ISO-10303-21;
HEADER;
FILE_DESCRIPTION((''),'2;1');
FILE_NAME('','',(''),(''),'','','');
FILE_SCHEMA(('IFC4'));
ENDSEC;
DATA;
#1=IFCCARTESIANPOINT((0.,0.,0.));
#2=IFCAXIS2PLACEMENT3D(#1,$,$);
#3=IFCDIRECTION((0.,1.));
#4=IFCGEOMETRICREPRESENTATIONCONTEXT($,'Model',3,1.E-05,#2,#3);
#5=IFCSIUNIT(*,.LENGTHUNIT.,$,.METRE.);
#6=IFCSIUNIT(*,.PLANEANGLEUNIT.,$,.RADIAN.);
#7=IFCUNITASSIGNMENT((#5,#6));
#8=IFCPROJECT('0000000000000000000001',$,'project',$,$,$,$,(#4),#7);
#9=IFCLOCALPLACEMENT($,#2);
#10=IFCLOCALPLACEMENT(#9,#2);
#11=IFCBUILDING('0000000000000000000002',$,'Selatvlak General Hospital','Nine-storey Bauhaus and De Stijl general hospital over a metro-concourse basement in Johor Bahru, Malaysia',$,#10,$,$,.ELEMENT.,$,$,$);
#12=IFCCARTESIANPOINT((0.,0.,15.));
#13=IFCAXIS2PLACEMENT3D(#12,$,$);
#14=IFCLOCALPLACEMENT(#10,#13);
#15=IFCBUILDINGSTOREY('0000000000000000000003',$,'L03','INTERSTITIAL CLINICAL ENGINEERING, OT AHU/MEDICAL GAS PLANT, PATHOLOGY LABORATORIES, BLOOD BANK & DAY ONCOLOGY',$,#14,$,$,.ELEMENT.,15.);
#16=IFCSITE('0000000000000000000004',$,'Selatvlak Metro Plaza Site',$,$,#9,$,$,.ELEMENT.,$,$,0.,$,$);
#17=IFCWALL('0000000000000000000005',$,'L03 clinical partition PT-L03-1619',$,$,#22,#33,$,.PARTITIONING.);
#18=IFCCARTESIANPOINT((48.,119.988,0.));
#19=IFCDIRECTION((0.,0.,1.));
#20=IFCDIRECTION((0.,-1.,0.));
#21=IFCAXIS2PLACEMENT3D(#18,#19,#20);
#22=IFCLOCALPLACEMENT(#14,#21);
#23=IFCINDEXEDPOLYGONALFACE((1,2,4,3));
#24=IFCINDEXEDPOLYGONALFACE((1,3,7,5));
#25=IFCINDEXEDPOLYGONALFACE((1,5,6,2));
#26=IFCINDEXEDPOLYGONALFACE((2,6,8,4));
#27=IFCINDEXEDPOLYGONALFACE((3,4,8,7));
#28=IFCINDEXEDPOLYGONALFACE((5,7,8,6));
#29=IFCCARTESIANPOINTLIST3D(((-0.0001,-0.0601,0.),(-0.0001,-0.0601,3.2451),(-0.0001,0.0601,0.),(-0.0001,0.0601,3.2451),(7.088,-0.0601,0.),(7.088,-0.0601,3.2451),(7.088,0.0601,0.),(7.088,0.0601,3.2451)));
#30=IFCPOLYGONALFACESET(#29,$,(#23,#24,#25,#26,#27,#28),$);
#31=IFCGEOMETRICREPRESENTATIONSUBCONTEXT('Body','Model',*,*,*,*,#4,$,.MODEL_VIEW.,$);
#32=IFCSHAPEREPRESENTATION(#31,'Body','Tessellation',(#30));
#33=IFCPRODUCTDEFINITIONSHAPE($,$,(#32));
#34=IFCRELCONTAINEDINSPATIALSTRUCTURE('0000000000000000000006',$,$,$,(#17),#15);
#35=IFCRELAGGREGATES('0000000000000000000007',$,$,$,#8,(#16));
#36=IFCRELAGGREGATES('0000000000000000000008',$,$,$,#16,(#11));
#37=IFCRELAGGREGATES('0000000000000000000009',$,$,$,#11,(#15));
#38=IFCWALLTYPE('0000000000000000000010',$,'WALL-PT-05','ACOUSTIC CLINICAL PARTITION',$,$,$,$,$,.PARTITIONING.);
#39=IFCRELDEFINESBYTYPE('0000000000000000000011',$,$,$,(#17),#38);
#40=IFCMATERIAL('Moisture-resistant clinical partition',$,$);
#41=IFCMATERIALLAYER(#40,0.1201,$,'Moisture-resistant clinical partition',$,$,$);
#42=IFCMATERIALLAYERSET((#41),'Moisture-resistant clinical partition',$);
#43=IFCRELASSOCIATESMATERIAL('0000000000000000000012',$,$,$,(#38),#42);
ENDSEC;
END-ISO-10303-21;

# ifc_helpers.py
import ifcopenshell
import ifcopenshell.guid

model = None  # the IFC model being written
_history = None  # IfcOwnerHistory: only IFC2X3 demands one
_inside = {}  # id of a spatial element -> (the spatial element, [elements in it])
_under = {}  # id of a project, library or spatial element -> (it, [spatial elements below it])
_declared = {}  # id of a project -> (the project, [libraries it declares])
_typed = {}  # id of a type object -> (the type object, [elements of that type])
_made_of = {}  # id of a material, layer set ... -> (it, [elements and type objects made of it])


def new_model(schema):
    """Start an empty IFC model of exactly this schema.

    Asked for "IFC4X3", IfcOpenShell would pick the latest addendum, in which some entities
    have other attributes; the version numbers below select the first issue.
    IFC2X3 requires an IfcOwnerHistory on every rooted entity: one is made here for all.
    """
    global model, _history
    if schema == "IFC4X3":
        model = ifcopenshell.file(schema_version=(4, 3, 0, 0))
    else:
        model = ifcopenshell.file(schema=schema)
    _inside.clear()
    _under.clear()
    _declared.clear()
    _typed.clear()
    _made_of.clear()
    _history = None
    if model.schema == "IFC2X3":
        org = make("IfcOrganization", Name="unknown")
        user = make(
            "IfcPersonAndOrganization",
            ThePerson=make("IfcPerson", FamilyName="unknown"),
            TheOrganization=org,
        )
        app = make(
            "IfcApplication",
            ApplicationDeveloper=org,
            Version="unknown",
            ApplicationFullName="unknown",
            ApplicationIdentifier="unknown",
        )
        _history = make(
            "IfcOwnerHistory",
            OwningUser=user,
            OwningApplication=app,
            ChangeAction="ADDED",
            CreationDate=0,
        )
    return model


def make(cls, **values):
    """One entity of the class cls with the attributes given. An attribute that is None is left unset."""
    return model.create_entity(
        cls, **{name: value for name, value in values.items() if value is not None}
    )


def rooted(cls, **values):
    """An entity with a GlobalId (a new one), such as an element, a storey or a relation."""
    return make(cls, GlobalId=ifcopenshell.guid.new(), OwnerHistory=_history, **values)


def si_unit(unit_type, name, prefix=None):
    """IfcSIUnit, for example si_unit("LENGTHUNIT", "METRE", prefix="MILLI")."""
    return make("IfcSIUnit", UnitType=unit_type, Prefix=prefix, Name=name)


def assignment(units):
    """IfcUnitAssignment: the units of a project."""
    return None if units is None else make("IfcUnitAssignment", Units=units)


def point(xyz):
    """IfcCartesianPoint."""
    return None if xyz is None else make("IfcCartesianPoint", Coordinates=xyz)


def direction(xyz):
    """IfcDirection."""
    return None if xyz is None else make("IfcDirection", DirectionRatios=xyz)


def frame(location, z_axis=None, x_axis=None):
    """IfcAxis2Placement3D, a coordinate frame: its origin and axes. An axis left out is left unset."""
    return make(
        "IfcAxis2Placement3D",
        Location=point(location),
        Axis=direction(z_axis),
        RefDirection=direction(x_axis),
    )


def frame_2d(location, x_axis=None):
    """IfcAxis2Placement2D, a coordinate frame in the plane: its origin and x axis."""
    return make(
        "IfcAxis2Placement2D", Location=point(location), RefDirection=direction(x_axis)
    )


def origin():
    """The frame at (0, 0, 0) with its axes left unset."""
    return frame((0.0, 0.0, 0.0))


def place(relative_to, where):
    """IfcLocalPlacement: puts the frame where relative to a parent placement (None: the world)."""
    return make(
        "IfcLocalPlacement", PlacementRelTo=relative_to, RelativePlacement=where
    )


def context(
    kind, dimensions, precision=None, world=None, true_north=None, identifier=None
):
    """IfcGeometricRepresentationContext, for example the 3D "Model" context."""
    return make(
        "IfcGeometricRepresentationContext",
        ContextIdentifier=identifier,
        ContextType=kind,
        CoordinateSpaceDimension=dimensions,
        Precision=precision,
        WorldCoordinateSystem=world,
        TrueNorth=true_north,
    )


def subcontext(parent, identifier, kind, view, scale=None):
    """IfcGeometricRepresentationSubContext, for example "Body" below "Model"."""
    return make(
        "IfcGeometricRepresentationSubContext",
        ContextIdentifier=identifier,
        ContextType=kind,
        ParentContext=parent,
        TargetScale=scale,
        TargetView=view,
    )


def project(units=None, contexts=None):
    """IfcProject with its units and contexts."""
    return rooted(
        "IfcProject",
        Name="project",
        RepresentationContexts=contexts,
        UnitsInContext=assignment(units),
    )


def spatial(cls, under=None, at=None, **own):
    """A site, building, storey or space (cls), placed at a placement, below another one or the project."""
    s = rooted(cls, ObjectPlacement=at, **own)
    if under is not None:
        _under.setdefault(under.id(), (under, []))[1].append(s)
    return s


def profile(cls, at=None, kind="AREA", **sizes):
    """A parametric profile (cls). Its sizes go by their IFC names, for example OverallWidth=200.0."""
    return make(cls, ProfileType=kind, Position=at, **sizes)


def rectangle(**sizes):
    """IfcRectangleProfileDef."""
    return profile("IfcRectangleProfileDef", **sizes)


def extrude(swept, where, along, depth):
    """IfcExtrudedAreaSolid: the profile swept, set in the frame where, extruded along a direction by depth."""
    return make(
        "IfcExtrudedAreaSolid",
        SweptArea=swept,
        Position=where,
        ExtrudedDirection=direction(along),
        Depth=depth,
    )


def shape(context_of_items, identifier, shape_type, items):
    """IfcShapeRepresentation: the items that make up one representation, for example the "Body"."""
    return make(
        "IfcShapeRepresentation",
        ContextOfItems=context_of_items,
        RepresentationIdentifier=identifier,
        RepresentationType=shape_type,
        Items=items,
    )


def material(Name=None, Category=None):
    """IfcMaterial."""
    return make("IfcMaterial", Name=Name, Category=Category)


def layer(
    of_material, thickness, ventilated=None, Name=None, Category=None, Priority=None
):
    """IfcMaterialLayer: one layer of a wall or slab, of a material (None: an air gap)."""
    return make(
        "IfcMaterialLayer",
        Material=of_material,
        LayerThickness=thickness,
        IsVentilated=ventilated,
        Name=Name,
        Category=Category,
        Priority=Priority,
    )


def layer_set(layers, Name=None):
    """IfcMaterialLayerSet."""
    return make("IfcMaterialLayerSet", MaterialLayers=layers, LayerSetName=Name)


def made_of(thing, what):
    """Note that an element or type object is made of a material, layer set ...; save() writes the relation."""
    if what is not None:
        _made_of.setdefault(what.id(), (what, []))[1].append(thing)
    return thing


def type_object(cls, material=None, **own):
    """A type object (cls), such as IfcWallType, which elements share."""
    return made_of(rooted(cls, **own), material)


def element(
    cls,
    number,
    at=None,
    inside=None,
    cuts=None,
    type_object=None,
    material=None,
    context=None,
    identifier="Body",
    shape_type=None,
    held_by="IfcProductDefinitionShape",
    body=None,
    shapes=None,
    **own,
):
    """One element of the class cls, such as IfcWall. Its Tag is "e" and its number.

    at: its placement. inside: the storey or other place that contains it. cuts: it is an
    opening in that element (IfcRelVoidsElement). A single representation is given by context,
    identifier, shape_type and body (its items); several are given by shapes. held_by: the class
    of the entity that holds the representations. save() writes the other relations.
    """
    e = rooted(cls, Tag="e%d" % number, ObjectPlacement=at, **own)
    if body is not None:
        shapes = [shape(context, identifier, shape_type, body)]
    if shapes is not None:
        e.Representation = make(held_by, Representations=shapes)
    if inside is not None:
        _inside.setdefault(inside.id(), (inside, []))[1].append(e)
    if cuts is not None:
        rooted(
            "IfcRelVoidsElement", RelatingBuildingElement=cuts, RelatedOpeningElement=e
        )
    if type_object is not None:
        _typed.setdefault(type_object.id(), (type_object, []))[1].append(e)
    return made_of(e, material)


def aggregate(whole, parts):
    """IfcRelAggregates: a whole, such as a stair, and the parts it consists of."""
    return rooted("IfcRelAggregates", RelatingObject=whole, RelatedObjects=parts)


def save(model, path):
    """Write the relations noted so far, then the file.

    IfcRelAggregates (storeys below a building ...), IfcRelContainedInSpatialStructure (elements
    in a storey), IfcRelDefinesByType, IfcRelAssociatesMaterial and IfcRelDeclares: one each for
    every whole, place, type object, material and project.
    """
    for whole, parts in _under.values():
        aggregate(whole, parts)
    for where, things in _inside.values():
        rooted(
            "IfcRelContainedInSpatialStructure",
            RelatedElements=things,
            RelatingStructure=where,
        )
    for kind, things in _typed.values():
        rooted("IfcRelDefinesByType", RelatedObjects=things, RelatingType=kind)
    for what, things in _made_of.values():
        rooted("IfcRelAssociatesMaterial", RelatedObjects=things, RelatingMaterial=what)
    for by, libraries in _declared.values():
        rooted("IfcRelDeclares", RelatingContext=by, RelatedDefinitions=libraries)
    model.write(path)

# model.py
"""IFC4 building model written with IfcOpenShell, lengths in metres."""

from ifc_helpers import new_model, si_unit, direction, frame, frame_2d, origin, place, context, subcontext, project, spatial, rectangle, extrude, material, layer, layer_set, type_object, element, save


model = new_model("IFC4")

# Units and contexts
model_context = context("Model", 3, precision=1e-05, world=origin(), true_north=direction((0.0, 1.0)))
body_context = subcontext(model_context, "Body", "Model", "MODEL_VIEW")
ifc_project = project(units=[si_unit("LENGTHUNIT", "METRE"), si_unit("PLANEANGLEUNIT", "RADIAN")], contexts=[model_context])

# Site, building, storey
site_placement = place(None, origin())
site = spatial("IfcSite", under=ifc_project, at=site_placement, Name="Selatvlak Metro Plaza Site", CompositionType="ELEMENT", RefElevation=0.0)
building_placement = place(site_placement, origin())
building = spatial("IfcBuilding", under=site, at=building_placement, Name="Selatvlak General Hospital", Description="Nine-storey Bauhaus and De Stijl general hospital over a metro-concourse basement in Johor Bahru, Malaysia", CompositionType="ELEMENT")
storey_placement = place(building_placement, frame((0.0, 0.0, 15.0)))
storey = spatial("IfcBuildingStorey", under=building, at=storey_placement, Name="L03", Description="INTERSTITIAL CLINICAL ENGINEERING, OT AHU/MEDICAL GAS PLANT, PATHOLOGY LABORATORIES, BLOOD BANK & DAY ONCOLOGY", CompositionType="ELEMENT", Elevation=15.0)

# Wall
ifc_material_1 = material(Name="Moisture-resistant clinical partition")
ifc_layer_1 = layer(ifc_material_1, 0.1201, Name="Moisture-resistant clinical partition")
ifc_layer_set_1 = layer_set([ifc_layer_1], Name="Moisture-resistant clinical partition")
wall_type_1 = type_object("IfcWallType", Name="WALL-PT-05", Description="ACOUSTIC CLINICAL PARTITION", PredefinedType="PARTITIONING", material=ifc_layer_set_1)
wall_1_placement = place(storey_placement, frame((48.0, 119.988, 0.0), z_axis=(0.0, 0.0, 1.0), x_axis=(0.0, -1.0, 0.0)))
element("IfcWall", 1, at=wall_1_placement, inside=storey, type_object=wall_type_1, Name="L03 clinical partition PT-L03-1619", PredefinedType="PARTITIONING", context=body_context, shape_type="SweptSolid", body=[
    extrude(rectangle(XDim=7.0881, YDim=0.1201, at=frame_2d((3.5439, 0.0))), origin(), (0.0, 0.0, 1.0), 3.2451),
])

save(model, "model.ifc")
